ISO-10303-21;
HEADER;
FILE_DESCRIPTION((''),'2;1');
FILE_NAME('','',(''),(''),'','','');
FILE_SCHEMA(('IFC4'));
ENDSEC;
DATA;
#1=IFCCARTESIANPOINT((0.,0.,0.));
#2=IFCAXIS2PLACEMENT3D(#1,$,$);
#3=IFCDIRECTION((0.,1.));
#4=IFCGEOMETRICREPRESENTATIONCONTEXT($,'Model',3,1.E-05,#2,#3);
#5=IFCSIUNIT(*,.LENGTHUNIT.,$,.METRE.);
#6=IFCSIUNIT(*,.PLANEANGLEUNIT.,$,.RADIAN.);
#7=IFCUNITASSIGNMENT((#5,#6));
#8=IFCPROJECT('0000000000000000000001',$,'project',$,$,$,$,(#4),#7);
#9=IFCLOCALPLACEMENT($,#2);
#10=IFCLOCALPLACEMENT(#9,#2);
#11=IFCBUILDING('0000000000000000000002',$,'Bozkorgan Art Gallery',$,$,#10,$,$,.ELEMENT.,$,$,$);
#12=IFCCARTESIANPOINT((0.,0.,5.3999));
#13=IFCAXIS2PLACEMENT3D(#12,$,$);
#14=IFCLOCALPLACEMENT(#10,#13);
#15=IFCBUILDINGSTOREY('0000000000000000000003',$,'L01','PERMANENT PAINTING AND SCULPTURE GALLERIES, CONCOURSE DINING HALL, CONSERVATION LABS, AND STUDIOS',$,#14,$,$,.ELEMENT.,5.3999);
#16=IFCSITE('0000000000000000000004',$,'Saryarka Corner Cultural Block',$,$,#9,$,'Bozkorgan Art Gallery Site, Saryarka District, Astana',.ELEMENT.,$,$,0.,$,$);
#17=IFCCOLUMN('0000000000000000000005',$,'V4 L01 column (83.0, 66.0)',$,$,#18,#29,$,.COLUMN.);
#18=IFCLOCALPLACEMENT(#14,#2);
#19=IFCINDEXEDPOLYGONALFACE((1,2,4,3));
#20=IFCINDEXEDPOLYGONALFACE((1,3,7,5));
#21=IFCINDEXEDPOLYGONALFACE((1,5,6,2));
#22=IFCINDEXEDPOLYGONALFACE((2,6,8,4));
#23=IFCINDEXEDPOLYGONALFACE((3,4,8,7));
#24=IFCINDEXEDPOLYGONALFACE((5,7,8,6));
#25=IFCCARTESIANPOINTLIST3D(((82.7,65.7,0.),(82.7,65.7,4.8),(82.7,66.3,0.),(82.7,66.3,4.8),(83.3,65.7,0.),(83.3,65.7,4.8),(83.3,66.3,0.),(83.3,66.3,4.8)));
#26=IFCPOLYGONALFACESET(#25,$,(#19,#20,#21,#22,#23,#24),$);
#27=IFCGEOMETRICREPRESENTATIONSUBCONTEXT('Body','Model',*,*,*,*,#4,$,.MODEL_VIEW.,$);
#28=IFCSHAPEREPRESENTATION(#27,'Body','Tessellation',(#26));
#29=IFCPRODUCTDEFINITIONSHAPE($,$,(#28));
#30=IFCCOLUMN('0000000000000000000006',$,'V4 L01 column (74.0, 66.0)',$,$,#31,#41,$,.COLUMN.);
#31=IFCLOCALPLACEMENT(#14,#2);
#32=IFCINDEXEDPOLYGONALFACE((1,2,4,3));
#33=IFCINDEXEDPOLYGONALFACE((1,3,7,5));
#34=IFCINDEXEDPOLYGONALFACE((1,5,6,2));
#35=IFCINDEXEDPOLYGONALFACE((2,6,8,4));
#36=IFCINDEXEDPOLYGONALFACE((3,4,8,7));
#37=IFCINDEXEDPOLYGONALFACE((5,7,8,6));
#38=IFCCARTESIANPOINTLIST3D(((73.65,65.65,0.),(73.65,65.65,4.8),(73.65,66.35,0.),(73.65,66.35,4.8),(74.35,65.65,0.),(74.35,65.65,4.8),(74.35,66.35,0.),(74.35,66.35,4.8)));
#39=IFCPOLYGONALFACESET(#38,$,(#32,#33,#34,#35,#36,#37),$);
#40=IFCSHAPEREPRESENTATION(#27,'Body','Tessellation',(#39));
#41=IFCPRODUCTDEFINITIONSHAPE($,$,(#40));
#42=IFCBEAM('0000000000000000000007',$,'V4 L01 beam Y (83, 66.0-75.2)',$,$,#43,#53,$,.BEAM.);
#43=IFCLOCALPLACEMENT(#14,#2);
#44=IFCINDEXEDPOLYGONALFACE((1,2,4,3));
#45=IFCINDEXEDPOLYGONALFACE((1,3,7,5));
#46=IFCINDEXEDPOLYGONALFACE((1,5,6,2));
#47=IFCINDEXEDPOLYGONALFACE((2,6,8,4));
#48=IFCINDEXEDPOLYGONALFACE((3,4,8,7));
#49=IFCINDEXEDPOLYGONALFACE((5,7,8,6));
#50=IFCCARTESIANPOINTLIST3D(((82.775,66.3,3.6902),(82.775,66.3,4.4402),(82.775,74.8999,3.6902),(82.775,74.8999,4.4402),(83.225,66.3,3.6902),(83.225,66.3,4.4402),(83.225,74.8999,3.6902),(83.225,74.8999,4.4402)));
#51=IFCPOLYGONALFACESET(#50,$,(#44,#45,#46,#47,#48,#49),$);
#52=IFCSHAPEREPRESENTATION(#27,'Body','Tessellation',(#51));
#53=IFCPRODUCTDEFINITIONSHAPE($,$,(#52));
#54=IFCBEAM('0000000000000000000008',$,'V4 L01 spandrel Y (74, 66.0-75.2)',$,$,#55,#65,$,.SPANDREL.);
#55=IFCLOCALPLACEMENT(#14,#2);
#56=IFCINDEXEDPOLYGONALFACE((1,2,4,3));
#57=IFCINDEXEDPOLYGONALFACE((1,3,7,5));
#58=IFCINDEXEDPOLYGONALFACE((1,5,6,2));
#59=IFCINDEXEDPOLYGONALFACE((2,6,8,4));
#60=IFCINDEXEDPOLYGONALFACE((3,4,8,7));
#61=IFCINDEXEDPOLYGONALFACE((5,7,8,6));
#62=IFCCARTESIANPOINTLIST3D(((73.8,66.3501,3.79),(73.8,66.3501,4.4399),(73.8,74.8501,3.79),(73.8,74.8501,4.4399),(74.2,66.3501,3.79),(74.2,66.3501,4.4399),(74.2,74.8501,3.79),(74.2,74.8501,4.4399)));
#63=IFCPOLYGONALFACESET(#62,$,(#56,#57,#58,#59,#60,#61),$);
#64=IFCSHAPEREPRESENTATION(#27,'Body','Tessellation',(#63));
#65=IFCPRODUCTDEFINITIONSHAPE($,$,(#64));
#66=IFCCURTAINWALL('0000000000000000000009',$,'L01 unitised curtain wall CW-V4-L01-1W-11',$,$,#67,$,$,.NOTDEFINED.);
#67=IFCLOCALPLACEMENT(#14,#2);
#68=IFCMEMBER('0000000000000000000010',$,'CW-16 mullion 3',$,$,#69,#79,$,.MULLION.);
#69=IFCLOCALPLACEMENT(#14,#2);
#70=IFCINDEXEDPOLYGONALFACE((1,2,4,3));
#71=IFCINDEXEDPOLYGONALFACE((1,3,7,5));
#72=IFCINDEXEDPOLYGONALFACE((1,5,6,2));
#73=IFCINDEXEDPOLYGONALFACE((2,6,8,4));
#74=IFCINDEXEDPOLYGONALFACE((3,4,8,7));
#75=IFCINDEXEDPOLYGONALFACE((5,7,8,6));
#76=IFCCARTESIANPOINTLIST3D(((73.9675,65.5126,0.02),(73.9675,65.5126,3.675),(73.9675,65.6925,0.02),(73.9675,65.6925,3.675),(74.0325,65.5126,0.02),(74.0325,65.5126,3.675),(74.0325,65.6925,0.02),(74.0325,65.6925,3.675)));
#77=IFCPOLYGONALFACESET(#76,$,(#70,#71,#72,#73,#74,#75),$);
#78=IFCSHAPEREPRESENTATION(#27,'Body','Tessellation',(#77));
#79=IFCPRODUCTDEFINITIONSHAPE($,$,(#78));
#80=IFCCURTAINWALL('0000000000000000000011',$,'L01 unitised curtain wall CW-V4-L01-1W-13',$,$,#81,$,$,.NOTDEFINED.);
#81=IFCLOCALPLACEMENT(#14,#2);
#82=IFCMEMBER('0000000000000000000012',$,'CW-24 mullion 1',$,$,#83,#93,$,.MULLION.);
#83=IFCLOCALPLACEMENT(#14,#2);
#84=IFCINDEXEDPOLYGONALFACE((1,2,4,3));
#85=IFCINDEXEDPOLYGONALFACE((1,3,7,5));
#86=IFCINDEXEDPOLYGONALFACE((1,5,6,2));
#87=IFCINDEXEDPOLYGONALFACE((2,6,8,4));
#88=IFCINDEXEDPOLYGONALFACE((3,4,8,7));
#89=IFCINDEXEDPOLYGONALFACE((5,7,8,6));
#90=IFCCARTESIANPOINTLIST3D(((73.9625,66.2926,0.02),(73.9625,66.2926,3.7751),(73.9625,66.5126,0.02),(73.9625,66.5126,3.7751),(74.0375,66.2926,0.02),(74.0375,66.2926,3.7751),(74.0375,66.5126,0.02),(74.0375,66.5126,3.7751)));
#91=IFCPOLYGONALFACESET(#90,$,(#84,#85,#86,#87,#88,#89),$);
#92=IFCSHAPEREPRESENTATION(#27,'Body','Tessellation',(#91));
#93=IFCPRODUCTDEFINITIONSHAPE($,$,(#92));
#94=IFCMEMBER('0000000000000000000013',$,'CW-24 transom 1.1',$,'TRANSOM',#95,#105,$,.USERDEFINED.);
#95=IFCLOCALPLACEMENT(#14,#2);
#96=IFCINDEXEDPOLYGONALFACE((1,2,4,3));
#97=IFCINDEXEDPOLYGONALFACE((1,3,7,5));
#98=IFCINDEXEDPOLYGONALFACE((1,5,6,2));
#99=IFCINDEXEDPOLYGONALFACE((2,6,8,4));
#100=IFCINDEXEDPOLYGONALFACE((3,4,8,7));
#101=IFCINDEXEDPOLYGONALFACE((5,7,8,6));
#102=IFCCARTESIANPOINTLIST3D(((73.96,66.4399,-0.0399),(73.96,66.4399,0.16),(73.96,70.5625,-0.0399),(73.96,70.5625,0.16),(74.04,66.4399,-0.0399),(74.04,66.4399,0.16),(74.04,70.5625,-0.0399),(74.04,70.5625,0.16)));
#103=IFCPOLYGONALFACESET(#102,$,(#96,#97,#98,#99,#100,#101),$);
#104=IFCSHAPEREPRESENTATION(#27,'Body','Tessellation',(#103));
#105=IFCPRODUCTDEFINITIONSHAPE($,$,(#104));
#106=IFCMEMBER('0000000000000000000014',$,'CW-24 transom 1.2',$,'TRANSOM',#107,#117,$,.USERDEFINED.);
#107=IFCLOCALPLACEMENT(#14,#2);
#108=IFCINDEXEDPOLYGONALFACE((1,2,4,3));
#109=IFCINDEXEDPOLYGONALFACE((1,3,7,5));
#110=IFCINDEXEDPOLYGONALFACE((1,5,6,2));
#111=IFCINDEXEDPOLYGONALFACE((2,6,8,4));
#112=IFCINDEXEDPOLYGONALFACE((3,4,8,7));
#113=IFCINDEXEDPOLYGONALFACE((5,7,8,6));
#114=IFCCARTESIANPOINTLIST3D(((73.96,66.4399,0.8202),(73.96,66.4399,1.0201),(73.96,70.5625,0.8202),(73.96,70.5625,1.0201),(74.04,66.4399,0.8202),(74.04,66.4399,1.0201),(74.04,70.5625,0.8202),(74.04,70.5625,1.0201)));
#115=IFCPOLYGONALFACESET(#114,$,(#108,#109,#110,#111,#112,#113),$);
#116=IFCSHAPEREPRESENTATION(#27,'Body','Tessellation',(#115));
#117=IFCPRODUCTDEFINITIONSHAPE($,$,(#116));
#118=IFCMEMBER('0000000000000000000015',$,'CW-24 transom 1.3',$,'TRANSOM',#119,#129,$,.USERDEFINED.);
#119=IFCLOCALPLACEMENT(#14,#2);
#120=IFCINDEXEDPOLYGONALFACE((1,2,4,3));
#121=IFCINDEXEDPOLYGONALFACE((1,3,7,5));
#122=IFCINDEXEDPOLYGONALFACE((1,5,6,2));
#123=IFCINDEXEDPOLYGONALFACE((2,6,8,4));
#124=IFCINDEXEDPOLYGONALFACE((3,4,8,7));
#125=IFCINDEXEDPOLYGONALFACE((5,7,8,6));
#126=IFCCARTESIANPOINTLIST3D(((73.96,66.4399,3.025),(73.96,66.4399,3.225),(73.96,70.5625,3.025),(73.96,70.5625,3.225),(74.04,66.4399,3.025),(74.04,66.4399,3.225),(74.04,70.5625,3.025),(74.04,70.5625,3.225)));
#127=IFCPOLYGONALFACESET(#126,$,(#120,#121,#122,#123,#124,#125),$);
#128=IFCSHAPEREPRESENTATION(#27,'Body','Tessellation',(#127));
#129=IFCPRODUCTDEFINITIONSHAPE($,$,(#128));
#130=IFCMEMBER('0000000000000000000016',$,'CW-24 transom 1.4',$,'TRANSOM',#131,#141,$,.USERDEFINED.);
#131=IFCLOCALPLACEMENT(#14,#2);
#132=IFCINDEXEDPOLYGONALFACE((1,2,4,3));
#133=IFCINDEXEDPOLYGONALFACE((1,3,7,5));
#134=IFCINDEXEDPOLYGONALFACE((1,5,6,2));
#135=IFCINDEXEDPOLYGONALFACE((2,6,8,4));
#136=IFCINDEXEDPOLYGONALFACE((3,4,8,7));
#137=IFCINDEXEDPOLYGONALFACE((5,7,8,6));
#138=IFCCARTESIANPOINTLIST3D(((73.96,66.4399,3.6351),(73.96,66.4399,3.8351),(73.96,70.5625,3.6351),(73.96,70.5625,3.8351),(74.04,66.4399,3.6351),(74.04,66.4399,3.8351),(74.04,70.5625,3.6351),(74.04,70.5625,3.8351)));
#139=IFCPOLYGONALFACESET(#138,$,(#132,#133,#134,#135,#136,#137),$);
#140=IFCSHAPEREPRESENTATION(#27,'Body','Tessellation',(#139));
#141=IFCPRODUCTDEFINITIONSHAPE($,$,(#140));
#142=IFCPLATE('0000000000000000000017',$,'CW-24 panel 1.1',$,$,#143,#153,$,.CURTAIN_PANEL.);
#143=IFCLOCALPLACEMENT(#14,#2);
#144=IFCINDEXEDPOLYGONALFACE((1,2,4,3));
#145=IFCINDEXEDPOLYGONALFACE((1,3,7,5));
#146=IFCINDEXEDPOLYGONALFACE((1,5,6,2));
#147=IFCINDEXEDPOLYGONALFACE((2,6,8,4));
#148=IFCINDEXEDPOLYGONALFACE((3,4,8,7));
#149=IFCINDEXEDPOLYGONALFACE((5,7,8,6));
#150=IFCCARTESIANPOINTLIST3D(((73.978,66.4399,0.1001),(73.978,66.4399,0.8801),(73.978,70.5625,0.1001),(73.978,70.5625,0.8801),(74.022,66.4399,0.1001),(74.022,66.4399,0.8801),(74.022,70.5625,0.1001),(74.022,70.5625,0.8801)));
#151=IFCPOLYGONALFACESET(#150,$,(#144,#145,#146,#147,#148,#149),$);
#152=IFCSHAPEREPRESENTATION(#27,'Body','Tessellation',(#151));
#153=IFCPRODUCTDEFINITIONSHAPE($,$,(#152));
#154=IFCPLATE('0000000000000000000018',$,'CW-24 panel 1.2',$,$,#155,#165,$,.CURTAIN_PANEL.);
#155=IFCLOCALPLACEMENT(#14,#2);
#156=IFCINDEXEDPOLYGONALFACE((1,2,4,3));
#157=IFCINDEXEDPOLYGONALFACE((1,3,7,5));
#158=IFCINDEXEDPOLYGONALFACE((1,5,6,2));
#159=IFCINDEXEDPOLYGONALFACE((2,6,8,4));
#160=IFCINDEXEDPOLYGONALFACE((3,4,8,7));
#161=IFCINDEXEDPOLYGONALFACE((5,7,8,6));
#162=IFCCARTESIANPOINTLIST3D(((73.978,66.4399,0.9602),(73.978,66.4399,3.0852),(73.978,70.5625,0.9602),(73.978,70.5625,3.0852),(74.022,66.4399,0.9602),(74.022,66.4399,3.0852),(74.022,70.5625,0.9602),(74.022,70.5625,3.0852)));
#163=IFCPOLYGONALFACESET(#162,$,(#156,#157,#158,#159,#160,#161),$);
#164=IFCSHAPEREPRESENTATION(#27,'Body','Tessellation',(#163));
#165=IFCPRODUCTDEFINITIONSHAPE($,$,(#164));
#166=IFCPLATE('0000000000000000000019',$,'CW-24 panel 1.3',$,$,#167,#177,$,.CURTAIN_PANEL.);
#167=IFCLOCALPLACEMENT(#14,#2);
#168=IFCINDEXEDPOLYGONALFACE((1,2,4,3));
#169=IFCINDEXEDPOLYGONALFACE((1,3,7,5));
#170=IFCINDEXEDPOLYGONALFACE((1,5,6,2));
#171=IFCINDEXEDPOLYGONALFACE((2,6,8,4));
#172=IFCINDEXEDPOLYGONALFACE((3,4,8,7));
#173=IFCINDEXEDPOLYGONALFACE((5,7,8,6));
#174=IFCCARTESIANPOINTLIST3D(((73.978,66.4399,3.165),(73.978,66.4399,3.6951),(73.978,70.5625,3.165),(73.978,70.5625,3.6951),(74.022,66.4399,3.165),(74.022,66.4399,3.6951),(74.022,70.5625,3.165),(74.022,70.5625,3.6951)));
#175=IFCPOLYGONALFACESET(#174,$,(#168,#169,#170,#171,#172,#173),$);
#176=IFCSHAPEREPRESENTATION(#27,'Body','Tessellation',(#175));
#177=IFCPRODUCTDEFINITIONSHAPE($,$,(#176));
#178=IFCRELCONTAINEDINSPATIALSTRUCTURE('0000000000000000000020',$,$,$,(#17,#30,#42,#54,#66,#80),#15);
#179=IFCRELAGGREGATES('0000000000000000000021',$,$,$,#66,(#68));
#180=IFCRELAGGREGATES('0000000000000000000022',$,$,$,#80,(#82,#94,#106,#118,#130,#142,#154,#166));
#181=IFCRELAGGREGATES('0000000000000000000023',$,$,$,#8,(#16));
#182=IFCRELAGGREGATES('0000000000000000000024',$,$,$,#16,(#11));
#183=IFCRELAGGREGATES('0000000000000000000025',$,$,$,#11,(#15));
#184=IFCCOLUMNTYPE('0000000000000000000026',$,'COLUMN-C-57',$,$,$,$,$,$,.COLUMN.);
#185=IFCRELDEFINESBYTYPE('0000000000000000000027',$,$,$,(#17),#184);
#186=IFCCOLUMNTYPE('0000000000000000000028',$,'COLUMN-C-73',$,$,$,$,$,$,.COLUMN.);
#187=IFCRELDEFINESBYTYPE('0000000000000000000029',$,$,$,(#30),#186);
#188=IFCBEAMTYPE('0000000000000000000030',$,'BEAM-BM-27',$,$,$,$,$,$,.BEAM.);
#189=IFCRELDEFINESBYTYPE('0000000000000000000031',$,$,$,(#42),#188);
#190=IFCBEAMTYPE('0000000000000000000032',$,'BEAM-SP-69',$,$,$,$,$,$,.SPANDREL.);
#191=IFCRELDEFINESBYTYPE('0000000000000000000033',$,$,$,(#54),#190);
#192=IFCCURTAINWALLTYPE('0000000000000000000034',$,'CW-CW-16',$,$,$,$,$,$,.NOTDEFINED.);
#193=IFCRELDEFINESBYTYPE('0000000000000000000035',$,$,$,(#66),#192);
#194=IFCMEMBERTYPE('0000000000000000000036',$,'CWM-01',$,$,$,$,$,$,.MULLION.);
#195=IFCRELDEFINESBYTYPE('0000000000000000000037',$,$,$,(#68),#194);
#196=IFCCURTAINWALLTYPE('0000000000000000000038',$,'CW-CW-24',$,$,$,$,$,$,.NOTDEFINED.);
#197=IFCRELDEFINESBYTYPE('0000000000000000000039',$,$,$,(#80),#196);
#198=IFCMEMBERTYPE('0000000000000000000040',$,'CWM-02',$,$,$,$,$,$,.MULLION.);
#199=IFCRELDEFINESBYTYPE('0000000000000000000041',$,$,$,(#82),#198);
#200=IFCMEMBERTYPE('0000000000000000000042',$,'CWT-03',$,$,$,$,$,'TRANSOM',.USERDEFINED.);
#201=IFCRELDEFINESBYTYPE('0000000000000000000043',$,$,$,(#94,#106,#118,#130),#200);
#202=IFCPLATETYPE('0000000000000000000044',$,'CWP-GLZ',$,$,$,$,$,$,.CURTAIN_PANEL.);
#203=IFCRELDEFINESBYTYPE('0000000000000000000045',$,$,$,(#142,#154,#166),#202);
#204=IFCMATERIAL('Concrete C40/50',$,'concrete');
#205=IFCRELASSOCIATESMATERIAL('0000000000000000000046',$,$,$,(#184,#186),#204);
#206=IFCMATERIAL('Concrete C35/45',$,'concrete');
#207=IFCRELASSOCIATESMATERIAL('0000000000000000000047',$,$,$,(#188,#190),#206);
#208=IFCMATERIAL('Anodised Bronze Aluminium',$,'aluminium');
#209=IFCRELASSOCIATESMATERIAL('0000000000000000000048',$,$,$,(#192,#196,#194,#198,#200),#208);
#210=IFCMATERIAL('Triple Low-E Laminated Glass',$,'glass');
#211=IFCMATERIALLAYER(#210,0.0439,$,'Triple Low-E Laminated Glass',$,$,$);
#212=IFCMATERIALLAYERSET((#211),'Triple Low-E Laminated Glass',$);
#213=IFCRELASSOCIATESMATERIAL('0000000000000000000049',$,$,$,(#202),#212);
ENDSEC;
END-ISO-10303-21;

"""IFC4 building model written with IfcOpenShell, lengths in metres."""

from ifc_helpers import new_model, si_unit, direction, frame, origin, origin_2d, place, context, subcontext, project, spatial, rectangle, extrude, material, layer, layer_set, material_profile, profile_set, type_object, element, aggregate, save


model = new_model("IFC4")

# Units and contexts
model_context = context("Model", 3, precision=1e-05, world=origin(), true_north=direction((0.0, 1.0)))
body_context = subcontext(model_context, "Body", "Model", "MODEL_VIEW")
ifc_project = project(units=[si_unit("LENGTHUNIT", "METRE"), si_unit("PLANEANGLEUNIT", "RADIAN")], contexts=[model_context])

# Site, building, storey
site_placement = place(None, origin())
site = spatial("IfcSite", under=ifc_project, at=site_placement, Name="Saryarka Corner Cultural Block", LongName="Bozkorgan Art Gallery Site, Saryarka District, Astana", CompositionType="ELEMENT", RefElevation=0.0)
building_placement = place(site_placement, origin())
building = spatial("IfcBuilding", under=site, at=building_placement, Name="Bozkorgan Art Gallery", CompositionType="ELEMENT")
storey_placement = place(building_placement, frame((0.0, 0.0, 5.3999)))
storey = spatial("IfcBuildingStorey", under=building, at=storey_placement, Name="L01", Description="PERMANENT PAINTING AND SCULPTURE GALLERIES, CONCOURSE DINING HALL, CONSERVATION LABS, AND STUDIOS", CompositionType="ELEMENT", Elevation=5.3999)

# Columns
ifc_material_1 = material(Name="Concrete C40/50", Category="concrete")
ifc_material_profile_1 = material_profile(ifc_material_1, rectangle(XDim=0.6001, YDim=0.6001, at=origin_2d()), Name="RC 600x600")
ifc_profile_set_1 = profile_set([ifc_material_profile_1], Name="Concrete C40/50")
column_type_1 = type_object("IfcColumnType", Name="COLUMN-C-57", PredefinedType="COLUMN", material=ifc_profile_set_1)
column_1_placement = place(storey_placement, frame((83.0, 66.0, 0.0), z_axis=(0.0, 0.0, 1.0), x_axis=(1.0, 0.0, 0.0)))
element("IfcColumn", 1, at=column_1_placement, inside=storey, type_object=column_type_1, Name="V4 L01 column (83.0, 66.0)", PredefinedType="COLUMN", context=body_context, shape_type="SweptSolid", body=[
    extrude(rectangle(XDim=0.6001, YDim=0.6001, at=origin_2d()), origin(), (0.0, 0.0, 1.0), 4.8),
])
ifc_material_profile_2 = material_profile(ifc_material_1, rectangle(XDim=0.7, YDim=0.7, at=origin_2d()), Name="RC 700x700")
ifc_profile_set_2 = profile_set([ifc_material_profile_2], Name="Concrete C40/50")
column_type_2 = type_object("IfcColumnType", Name="COLUMN-C-73", PredefinedType="COLUMN", material=ifc_profile_set_2)
column_2_placement = place(storey_placement, frame((74.0, 66.0, 0.0), z_axis=(0.0, 0.0, 1.0), x_axis=(1.0, 0.0, 0.0)))
element("IfcColumn", 2, at=column_2_placement, inside=storey, type_object=column_type_2, Name="V4 L01 column (74.0, 66.0)", PredefinedType="COLUMN", context=body_context, shape_type="SweptSolid", body=[
    extrude(rectangle(XDim=0.7, YDim=0.7, at=origin_2d()), origin(), (0.0, 0.0, 1.0), 4.8),
])

# Beams
ifc_material_2 = material(Name="Concrete C35/45", Category="concrete")
ifc_material_profile_3 = material_profile(ifc_material_2, rectangle(XDim=0.45, YDim=0.75, at=origin_2d()), Name="RC 450x750")
ifc_profile_set_3 = profile_set([ifc_material_profile_3], Name="Concrete C35/45")
beam_type_1 = type_object("IfcBeamType", Name="BEAM-BM-27", PredefinedType="BEAM", material=ifc_profile_set_3)
beam_1_placement = place(storey_placement, frame((83.0, 66.3, 4.0652), z_axis=(0.0, 1.0, 0.0), x_axis=(-1.0, 0.0, 0.0)))
element("IfcBeam", 3, at=beam_1_placement, inside=storey, type_object=beam_type_1, Name="V4 L01 beam Y (83, 66.0-75.2)", PredefinedType="BEAM", context=body_context, shape_type="SweptSolid", body=[
    extrude(rectangle(XDim=0.45, YDim=0.75, at=origin_2d()), origin(), (0.0, 0.0, 1.0), 8.5999),
])
ifc_material_profile_4 = material_profile(ifc_material_2, rectangle(XDim=0.3999, YDim=0.6499, at=origin_2d()), Name="RC 400x650")
ifc_profile_set_4 = profile_set([ifc_material_profile_4], Name="Concrete C35/45")
beam_type_2 = type_object("IfcBeamType", Name="BEAM-SP-69", PredefinedType="SPANDREL", material=ifc_profile_set_4)
beam_2_placement = place(storey_placement, frame((74.0, 66.3501, 4.115), z_axis=(0.0, 1.0, 0.0), x_axis=(-1.0, 0.0, 0.0)))
element("IfcBeam", 4, at=beam_2_placement, inside=storey, type_object=beam_type_2, Name="V4 L01 spandrel Y (74, 66.0-75.2)", PredefinedType="SPANDREL", context=body_context, shape_type="SweptSolid", body=[
    extrude(rectangle(XDim=0.3999, YDim=0.6499, at=origin_2d()), origin(), (0.0, 0.0, 1.0), 8.5),
])

# Curtain wall, member
ifc_material_3 = material(Name="Anodised Bronze Aluminium", Category="aluminium")
curtain_wall_type_1 = type_object("IfcCurtainWallType", Name="CW-CW-16", PredefinedType="NOTDEFINED", material=ifc_material_3)
curtain_wall_1_placement = place(storey_placement, origin())
curtain_wall_1 = element("IfcCurtainWall", 5, at=curtain_wall_1_placement, inside=storey, type_object=curtain_wall_type_1, Name="L01 unitised curtain wall CW-V4-L01-1W-11", PredefinedType="NOTDEFINED")
ifc_material_profile_5 = material_profile(ifc_material_3, rectangle(XDim=0.0649, YDim=0.1799, at=origin_2d()), Name="ALU MULLION 65x180")
ifc_profile_set_5 = profile_set([ifc_material_profile_5], Name="Anodised Bronze Aluminium")
member_type_1 = type_object("IfcMemberType", Name="CWM-01", PredefinedType="MULLION", material=ifc_profile_set_5)
member_1_placement = place(storey_placement, frame((74.0, 65.6025, 0.02), z_axis=(0.0, 0.0, 1.0), x_axis=(-1.0, 0.0, 0.0)))
member_1 = element("IfcMember", 6, at=member_1_placement, type_object=member_type_1, Name="CW-16 mullion 3", PredefinedType="MULLION", context=body_context, shape_type="SweptSolid", body=[
    extrude(rectangle(XDim=0.0649, YDim=0.1799, at=origin_2d()), origin(), (0.0, 0.0, 1.0), 3.655),
])
aggregate(curtain_wall_1, [member_1])

# Curtain wall, members, plates
curtain_wall_type_2 = type_object("IfcCurtainWallType", Name="CW-CW-24", PredefinedType="NOTDEFINED", material=ifc_material_3)
curtain_wall_2_placement = place(storey_placement, origin())
curtain_wall_2 = element("IfcCurtainWall", 7, at=curtain_wall_2_placement, inside=storey, type_object=curtain_wall_type_2, Name="L01 unitised curtain wall CW-V4-L01-1W-13", PredefinedType="NOTDEFINED")
ifc_material_profile_6 = material_profile(ifc_material_3, rectangle(XDim=0.075, YDim=0.22, at=origin_2d()), Name="ALU MULLION 75x220")
ifc_profile_set_6 = profile_set([ifc_material_profile_6], Name="Anodised Bronze Aluminium")
member_type_2 = type_object("IfcMemberType", Name="CWM-02", PredefinedType="MULLION", material=ifc_profile_set_6)
member_2_placement = place(storey_placement, frame((74.0, 66.4026, 0.02), z_axis=(0.0, 0.0, 1.0), x_axis=(-1.0, 0.0, 0.0)))
member_2 = element("IfcMember", 8, at=member_2_placement, type_object=member_type_2, Name="CW-24 mullion 1", PredefinedType="MULLION", context=body_context, shape_type="SweptSolid", body=[
    extrude(rectangle(XDim=0.075, YDim=0.22, at=origin_2d()), origin(), (0.0, 0.0, 1.0), 3.7551),
])
ifc_material_profile_7 = material_profile(ifc_material_3, rectangle(XDim=0.0801, YDim=0.2, at=origin_2d()), Name="ALU TRANSOM 80x200")
ifc_profile_set_7 = profile_set([ifc_material_profile_7], Name="Anodised Bronze Aluminium")
member_type_3 = type_object("IfcMemberType", Name="CWT-03", ElementType="TRANSOM", PredefinedType="USERDEFINED", material=ifc_profile_set_7)
member_3_placement = place(storey_placement, frame((74.0, 66.4399, 0.0601), z_axis=(0.0, 1.0, 0.0), x_axis=(-1.0, 0.0, 0.0)))
member_3 = element("IfcMember", 9, at=member_3_placement, type_object=member_type_3, Name="CW-24 transom 1.1", ObjectType="TRANSOM", PredefinedType="USERDEFINED", context=body_context, shape_type="SweptSolid", body=[
    extrude(rectangle(XDim=0.0801, YDim=0.2, at=origin_2d()), origin(), (0.0, 0.0, 1.0), 4.1226),
])
member_4_placement = place(storey_placement, frame((74.0, 66.4399, 0.9202), z_axis=(0.0, 1.0, 0.0), x_axis=(-1.0, 0.0, 0.0)))
member_4 = element("IfcMember", 10, at=member_4_placement, type_object=member_type_3, Name="CW-24 transom 1.2", ObjectType="TRANSOM", PredefinedType="USERDEFINED", context=body_context, shape_type="SweptSolid", body=[
    extrude(rectangle(XDim=0.0801, YDim=0.2, at=origin_2d()), origin(), (0.0, 0.0, 1.0), 4.1226),
])
member_5_placement = place(storey_placement, frame((74.0, 66.4399, 3.125), z_axis=(0.0, 1.0, 0.0), x_axis=(-1.0, 0.0, 0.0)))
member_5 = element("IfcMember", 11, at=member_5_placement, type_object=member_type_3, Name="CW-24 transom 1.3", ObjectType="TRANSOM", PredefinedType="USERDEFINED", context=body_context, shape_type="SweptSolid", body=[
    extrude(rectangle(XDim=0.0801, YDim=0.2, at=origin_2d()), origin(), (0.0, 0.0, 1.0), 4.1226),
])
member_6_placement = place(storey_placement, frame((74.0, 66.4399, 3.7351), z_axis=(0.0, 1.0, 0.0), x_axis=(-1.0, 0.0, 0.0)))
member_6 = element("IfcMember", 12, at=member_6_placement, type_object=member_type_3, Name="CW-24 transom 1.4", ObjectType="TRANSOM", PredefinedType="USERDEFINED", context=body_context, shape_type="SweptSolid", body=[
    extrude(rectangle(XDim=0.0801, YDim=0.2, at=origin_2d()), origin(), (0.0, 0.0, 1.0), 4.1226),
])
ifc_material_4 = material(Name="Triple Low-E Laminated Glass", Category="glass")
ifc_layer_1 = layer(ifc_material_4, 0.0439, Name="Triple Low-E Laminated Glass")
ifc_layer_set_1 = layer_set([ifc_layer_1], Name="Triple Low-E Laminated Glass")
plate_type = type_object("IfcPlateType", Name="CWP-GLZ", PredefinedType="CURTAIN_PANEL", material=ifc_layer_set_1)
plate_1_placement = place(storey_placement, frame((74.0, 68.5012, 0.1001), z_axis=(0.0, 0.0, 1.0), x_axis=(0.0, 1.0, 0.0)))
plate_1 = element("IfcPlate", 13, at=plate_1_placement, type_object=plate_type, Name="CW-24 panel 1.1", PredefinedType="CURTAIN_PANEL", context=body_context, shape_type="SweptSolid", body=[
    extrude(rectangle(XDim=4.1226, YDim=0.0439, at=origin_2d()), origin(), (0.0, 0.0, 1.0), 0.78),
])
plate_2_placement = place(storey_placement, frame((74.0, 68.5012, 0.9602), z_axis=(0.0, 0.0, 1.0), x_axis=(0.0, 1.0, 0.0)))
plate_2 = element("IfcPlate", 14, at=plate_2_placement, type_object=plate_type, Name="CW-24 panel 1.2", PredefinedType="CURTAIN_PANEL", context=body_context, shape_type="SweptSolid", body=[
    extrude(rectangle(XDim=4.1226, YDim=0.0439, at=origin_2d()), origin(), (0.0, 0.0, 1.0), 2.125),
])
plate_3_placement = place(storey_placement, frame((74.0, 68.5012, 3.165), z_axis=(0.0, 0.0, 1.0), x_axis=(0.0, 1.0, 0.0)))
plate_3 = element("IfcPlate", 15, at=plate_3_placement, type_object=plate_type, Name="CW-24 panel 1.3", PredefinedType="CURTAIN_PANEL", context=body_context, shape_type="SweptSolid", body=[
    extrude(rectangle(XDim=4.1226, YDim=0.0439, at=origin_2d()), origin(), (0.0, 0.0, 1.0), 0.53),
])
aggregate(curtain_wall_2, [member_2, member_3, member_4, member_5, member_6, plate_1, plate_2, plate_3])

save(model, "model.ifc")
